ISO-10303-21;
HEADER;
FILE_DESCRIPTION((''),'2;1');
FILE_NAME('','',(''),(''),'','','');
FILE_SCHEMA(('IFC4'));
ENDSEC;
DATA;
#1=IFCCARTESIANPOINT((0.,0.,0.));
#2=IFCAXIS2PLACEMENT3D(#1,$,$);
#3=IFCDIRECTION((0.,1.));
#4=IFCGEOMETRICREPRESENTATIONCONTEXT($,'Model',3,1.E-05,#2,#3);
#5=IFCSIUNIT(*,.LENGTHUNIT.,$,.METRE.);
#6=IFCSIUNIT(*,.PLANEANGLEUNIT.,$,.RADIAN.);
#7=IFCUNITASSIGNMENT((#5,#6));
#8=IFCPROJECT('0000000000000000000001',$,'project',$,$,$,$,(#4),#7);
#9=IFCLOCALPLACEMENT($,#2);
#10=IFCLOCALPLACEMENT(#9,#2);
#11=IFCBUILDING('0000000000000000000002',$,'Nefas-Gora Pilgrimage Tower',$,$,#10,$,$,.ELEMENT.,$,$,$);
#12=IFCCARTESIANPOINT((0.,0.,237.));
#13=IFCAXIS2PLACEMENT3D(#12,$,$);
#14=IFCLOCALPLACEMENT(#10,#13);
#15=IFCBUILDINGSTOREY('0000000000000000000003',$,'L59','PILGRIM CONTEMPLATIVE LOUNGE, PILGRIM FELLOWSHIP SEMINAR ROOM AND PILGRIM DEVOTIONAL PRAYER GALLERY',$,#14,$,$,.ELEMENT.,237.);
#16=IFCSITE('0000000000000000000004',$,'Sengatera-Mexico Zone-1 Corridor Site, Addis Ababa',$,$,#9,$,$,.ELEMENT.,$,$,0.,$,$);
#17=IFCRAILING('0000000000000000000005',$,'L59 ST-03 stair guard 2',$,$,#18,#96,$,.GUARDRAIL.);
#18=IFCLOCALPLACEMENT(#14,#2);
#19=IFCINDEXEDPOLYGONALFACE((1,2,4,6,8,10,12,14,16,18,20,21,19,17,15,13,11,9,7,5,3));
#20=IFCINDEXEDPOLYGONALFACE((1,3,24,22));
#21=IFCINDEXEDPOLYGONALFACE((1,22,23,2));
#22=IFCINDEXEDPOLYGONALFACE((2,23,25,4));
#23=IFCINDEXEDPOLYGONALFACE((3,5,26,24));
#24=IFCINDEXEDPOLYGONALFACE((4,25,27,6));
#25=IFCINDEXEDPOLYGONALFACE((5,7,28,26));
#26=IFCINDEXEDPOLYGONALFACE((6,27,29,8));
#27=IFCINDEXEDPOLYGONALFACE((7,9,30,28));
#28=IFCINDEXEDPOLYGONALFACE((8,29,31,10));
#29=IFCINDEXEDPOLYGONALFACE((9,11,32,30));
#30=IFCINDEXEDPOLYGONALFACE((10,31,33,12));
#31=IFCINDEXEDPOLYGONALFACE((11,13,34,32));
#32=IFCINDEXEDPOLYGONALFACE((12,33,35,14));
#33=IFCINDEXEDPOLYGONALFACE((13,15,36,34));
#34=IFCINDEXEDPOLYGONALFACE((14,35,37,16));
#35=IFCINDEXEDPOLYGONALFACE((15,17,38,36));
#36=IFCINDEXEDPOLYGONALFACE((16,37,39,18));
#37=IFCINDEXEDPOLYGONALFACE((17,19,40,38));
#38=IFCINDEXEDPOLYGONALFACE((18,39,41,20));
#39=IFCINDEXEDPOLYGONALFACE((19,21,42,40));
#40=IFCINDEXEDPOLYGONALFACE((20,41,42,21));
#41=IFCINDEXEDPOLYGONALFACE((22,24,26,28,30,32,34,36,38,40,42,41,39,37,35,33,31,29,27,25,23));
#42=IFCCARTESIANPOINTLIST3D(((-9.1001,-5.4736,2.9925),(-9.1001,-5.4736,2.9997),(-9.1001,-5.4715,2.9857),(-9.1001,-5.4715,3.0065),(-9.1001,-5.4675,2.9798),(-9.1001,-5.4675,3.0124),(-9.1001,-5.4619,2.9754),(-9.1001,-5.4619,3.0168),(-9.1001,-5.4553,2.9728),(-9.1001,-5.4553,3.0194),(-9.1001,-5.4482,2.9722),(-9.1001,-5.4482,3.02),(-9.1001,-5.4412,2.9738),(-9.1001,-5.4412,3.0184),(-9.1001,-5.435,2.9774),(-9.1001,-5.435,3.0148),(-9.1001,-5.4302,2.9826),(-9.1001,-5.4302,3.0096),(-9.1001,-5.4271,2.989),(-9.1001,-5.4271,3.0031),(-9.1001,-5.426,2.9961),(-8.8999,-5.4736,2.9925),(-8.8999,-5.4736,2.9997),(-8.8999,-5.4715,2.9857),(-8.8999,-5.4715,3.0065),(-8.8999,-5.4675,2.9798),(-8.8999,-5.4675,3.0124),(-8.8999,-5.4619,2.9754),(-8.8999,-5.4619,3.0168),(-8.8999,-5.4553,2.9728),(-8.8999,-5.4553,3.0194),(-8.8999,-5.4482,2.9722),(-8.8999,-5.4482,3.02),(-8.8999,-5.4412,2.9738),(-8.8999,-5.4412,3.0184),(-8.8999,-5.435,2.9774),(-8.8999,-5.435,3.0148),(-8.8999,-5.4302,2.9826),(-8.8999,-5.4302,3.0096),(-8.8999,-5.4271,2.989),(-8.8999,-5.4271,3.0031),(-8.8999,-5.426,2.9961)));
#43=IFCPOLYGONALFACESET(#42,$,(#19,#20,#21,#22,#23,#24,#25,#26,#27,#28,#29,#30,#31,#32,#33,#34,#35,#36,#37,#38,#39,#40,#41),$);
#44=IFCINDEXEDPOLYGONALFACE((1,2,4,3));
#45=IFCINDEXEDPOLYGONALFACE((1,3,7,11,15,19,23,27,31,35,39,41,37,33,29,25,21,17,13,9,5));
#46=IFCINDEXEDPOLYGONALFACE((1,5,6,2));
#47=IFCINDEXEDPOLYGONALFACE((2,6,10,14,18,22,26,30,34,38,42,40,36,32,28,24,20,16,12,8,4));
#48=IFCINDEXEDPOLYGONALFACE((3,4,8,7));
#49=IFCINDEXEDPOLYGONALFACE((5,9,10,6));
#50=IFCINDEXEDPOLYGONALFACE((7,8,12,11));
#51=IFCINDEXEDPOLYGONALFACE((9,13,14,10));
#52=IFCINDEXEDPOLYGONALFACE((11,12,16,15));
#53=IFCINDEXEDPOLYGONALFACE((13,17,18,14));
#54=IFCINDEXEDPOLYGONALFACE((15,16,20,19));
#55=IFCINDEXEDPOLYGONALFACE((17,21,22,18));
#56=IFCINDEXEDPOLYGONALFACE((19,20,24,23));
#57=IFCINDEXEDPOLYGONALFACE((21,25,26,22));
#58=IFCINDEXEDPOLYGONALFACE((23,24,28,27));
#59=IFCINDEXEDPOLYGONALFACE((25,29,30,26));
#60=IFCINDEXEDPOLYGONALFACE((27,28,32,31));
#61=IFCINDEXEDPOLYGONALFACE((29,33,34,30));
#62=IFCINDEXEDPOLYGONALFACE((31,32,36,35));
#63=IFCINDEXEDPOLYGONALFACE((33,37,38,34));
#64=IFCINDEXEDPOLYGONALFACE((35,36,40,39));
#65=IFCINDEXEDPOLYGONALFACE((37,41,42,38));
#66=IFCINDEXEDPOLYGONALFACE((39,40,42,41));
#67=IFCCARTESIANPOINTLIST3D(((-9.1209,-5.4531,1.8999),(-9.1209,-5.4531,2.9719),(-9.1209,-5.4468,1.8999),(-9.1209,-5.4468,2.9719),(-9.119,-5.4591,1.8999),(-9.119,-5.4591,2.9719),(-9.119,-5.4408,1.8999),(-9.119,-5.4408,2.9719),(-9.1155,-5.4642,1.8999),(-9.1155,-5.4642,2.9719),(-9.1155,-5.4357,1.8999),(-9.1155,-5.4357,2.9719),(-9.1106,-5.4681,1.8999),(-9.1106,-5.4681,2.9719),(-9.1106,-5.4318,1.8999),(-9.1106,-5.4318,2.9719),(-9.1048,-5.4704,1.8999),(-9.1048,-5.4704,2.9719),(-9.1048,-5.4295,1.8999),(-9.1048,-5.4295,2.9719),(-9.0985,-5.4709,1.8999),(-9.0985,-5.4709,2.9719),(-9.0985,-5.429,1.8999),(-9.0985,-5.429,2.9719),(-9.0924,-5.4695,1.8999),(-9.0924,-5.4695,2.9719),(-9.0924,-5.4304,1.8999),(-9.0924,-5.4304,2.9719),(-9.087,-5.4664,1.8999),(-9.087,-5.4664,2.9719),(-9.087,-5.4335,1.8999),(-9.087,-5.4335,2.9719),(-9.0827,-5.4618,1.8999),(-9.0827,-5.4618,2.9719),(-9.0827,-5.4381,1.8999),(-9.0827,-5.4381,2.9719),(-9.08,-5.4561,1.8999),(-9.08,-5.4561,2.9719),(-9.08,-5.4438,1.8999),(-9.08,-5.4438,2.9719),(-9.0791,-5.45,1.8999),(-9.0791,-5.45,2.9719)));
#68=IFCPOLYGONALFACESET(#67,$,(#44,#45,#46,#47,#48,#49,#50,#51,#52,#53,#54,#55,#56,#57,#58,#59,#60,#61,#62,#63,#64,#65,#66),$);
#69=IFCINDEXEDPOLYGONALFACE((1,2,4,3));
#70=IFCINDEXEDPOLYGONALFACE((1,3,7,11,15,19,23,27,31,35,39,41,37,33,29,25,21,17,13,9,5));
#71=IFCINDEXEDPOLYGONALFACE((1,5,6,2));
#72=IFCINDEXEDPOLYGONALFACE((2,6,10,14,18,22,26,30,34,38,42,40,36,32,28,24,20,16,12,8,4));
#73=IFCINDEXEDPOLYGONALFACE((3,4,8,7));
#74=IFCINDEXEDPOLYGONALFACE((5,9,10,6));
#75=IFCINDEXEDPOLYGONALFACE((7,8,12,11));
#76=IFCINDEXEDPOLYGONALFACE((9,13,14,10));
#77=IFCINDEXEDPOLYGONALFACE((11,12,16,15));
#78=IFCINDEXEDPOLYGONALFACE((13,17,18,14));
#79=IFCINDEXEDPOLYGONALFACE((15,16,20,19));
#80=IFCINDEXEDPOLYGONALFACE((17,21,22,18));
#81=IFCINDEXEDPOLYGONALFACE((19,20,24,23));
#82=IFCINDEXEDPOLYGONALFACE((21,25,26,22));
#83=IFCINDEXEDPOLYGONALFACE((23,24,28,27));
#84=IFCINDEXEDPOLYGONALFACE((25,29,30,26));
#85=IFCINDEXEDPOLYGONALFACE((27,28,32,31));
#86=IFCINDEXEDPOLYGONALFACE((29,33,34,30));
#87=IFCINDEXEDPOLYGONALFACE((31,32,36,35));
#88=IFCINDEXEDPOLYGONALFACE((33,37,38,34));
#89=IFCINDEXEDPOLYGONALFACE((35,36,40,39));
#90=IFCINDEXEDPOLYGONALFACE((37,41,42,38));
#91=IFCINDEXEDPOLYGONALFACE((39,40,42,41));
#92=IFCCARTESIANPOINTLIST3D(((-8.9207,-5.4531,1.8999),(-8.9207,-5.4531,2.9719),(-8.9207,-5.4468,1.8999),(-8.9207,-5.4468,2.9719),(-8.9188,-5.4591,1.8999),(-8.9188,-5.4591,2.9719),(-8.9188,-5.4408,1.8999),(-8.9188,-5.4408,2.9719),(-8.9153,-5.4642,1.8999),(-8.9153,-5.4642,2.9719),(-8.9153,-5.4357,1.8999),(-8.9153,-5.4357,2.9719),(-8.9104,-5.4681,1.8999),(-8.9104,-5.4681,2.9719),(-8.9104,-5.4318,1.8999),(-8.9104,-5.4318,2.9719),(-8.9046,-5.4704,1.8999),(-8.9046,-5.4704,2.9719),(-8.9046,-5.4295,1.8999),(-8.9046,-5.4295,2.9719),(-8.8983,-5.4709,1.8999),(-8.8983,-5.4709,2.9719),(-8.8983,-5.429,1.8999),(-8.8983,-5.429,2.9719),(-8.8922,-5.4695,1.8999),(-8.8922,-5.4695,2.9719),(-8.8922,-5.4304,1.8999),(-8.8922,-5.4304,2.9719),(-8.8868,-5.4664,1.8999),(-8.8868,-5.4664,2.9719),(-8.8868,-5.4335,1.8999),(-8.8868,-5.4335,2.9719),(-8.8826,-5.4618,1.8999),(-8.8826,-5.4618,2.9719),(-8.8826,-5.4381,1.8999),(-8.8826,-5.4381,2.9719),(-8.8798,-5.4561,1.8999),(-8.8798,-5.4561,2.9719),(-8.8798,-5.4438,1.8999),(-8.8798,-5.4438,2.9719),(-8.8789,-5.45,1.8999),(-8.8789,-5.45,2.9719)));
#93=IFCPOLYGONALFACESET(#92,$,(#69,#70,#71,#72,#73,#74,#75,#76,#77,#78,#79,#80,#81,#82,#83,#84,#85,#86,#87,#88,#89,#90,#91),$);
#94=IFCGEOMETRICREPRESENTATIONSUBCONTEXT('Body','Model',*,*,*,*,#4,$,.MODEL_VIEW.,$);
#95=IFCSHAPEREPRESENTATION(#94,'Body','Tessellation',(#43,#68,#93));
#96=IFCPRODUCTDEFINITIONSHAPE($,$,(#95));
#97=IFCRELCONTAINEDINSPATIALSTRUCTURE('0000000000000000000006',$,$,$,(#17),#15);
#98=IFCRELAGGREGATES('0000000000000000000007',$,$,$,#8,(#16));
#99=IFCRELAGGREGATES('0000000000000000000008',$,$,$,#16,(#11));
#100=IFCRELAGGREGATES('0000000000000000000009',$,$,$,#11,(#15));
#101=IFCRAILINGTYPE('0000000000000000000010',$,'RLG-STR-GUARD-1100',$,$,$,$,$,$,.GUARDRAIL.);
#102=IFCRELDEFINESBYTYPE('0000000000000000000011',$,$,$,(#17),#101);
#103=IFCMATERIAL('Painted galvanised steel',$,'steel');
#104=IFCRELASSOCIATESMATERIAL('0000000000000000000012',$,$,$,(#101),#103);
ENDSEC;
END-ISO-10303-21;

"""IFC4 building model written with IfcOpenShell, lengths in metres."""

from ifc_helpers import new_model, si_unit, direction, frame, origin, origin_2d, place, context, subcontext, project, spatial, circle, extrude, material, type_object, element, save


model = new_model("IFC4")

# Units and contexts
model_context = context("Model", 3, precision=1e-05, world=origin(), true_north=direction((0.0, 1.0)))
body_context = subcontext(model_context, "Body", "Model", "MODEL_VIEW")
ifc_project = project(units=[si_unit("LENGTHUNIT", "METRE"), si_unit("PLANEANGLEUNIT", "RADIAN")], contexts=[model_context])

# Site, building, storey
site_placement = place(None, origin())
site = spatial("IfcSite", under=ifc_project, at=site_placement, Name="Sengatera-Mexico Zone-1 Corridor Site, Addis Ababa", CompositionType="ELEMENT", RefElevation=0.0)
building_placement = place(site_placement, origin())
building = spatial("IfcBuilding", under=site, at=building_placement, Name="Nefas-Gora Pilgrimage Tower", CompositionType="ELEMENT")
storey_placement = place(building_placement, frame((0.0, 0.0, 237.0)))
storey = spatial("IfcBuildingStorey", under=building, at=storey_placement, Name="L59", Description="PILGRIM CONTEMPLATIVE LOUNGE, PILGRIM FELLOWSHIP SEMINAR ROOM AND PILGRIM DEVOTIONAL PRAYER GALLERY", CompositionType="ELEMENT", Elevation=237.0)

# Railing
ifc_material_1 = material(Name="Painted galvanised steel", Category="steel")
railing_type_1 = type_object("IfcRailingType", Name="RLG-STR-GUARD-1100", PredefinedType="GUARDRAIL", material=ifc_material_1)
railing_1_placement = place(storey_placement, frame((-9.1001, -5.45, 1.8999)))
element("IfcRailing", 1, at=railing_1_placement, inside=storey, type_object=railing_type_1, Name="L59 ST-03 stair guard 2", PredefinedType="GUARDRAIL", context=body_context, shape_type="SweptSolid", body=[
    extrude(circle(Radius=0.0239, at=origin_2d()), frame((0.0, 0.0, 1.0962), z_axis=(1.0, 0.0, 0.0), x_axis=(0.0, 1.0, 0.0)), (0.0, 0.0, 1.0), 0.2002),
    extrude(circle(Radius=0.021, at=origin_2d()), origin(), (0.0, 0.0, 1.0), 1.072),
    extrude(circle(Radius=0.021, at=origin_2d()), frame((0.2002, 0.0, 0.0)), (0.0, 0.0, 1.0), 1.072),
])

save(model, "model.ifc")
